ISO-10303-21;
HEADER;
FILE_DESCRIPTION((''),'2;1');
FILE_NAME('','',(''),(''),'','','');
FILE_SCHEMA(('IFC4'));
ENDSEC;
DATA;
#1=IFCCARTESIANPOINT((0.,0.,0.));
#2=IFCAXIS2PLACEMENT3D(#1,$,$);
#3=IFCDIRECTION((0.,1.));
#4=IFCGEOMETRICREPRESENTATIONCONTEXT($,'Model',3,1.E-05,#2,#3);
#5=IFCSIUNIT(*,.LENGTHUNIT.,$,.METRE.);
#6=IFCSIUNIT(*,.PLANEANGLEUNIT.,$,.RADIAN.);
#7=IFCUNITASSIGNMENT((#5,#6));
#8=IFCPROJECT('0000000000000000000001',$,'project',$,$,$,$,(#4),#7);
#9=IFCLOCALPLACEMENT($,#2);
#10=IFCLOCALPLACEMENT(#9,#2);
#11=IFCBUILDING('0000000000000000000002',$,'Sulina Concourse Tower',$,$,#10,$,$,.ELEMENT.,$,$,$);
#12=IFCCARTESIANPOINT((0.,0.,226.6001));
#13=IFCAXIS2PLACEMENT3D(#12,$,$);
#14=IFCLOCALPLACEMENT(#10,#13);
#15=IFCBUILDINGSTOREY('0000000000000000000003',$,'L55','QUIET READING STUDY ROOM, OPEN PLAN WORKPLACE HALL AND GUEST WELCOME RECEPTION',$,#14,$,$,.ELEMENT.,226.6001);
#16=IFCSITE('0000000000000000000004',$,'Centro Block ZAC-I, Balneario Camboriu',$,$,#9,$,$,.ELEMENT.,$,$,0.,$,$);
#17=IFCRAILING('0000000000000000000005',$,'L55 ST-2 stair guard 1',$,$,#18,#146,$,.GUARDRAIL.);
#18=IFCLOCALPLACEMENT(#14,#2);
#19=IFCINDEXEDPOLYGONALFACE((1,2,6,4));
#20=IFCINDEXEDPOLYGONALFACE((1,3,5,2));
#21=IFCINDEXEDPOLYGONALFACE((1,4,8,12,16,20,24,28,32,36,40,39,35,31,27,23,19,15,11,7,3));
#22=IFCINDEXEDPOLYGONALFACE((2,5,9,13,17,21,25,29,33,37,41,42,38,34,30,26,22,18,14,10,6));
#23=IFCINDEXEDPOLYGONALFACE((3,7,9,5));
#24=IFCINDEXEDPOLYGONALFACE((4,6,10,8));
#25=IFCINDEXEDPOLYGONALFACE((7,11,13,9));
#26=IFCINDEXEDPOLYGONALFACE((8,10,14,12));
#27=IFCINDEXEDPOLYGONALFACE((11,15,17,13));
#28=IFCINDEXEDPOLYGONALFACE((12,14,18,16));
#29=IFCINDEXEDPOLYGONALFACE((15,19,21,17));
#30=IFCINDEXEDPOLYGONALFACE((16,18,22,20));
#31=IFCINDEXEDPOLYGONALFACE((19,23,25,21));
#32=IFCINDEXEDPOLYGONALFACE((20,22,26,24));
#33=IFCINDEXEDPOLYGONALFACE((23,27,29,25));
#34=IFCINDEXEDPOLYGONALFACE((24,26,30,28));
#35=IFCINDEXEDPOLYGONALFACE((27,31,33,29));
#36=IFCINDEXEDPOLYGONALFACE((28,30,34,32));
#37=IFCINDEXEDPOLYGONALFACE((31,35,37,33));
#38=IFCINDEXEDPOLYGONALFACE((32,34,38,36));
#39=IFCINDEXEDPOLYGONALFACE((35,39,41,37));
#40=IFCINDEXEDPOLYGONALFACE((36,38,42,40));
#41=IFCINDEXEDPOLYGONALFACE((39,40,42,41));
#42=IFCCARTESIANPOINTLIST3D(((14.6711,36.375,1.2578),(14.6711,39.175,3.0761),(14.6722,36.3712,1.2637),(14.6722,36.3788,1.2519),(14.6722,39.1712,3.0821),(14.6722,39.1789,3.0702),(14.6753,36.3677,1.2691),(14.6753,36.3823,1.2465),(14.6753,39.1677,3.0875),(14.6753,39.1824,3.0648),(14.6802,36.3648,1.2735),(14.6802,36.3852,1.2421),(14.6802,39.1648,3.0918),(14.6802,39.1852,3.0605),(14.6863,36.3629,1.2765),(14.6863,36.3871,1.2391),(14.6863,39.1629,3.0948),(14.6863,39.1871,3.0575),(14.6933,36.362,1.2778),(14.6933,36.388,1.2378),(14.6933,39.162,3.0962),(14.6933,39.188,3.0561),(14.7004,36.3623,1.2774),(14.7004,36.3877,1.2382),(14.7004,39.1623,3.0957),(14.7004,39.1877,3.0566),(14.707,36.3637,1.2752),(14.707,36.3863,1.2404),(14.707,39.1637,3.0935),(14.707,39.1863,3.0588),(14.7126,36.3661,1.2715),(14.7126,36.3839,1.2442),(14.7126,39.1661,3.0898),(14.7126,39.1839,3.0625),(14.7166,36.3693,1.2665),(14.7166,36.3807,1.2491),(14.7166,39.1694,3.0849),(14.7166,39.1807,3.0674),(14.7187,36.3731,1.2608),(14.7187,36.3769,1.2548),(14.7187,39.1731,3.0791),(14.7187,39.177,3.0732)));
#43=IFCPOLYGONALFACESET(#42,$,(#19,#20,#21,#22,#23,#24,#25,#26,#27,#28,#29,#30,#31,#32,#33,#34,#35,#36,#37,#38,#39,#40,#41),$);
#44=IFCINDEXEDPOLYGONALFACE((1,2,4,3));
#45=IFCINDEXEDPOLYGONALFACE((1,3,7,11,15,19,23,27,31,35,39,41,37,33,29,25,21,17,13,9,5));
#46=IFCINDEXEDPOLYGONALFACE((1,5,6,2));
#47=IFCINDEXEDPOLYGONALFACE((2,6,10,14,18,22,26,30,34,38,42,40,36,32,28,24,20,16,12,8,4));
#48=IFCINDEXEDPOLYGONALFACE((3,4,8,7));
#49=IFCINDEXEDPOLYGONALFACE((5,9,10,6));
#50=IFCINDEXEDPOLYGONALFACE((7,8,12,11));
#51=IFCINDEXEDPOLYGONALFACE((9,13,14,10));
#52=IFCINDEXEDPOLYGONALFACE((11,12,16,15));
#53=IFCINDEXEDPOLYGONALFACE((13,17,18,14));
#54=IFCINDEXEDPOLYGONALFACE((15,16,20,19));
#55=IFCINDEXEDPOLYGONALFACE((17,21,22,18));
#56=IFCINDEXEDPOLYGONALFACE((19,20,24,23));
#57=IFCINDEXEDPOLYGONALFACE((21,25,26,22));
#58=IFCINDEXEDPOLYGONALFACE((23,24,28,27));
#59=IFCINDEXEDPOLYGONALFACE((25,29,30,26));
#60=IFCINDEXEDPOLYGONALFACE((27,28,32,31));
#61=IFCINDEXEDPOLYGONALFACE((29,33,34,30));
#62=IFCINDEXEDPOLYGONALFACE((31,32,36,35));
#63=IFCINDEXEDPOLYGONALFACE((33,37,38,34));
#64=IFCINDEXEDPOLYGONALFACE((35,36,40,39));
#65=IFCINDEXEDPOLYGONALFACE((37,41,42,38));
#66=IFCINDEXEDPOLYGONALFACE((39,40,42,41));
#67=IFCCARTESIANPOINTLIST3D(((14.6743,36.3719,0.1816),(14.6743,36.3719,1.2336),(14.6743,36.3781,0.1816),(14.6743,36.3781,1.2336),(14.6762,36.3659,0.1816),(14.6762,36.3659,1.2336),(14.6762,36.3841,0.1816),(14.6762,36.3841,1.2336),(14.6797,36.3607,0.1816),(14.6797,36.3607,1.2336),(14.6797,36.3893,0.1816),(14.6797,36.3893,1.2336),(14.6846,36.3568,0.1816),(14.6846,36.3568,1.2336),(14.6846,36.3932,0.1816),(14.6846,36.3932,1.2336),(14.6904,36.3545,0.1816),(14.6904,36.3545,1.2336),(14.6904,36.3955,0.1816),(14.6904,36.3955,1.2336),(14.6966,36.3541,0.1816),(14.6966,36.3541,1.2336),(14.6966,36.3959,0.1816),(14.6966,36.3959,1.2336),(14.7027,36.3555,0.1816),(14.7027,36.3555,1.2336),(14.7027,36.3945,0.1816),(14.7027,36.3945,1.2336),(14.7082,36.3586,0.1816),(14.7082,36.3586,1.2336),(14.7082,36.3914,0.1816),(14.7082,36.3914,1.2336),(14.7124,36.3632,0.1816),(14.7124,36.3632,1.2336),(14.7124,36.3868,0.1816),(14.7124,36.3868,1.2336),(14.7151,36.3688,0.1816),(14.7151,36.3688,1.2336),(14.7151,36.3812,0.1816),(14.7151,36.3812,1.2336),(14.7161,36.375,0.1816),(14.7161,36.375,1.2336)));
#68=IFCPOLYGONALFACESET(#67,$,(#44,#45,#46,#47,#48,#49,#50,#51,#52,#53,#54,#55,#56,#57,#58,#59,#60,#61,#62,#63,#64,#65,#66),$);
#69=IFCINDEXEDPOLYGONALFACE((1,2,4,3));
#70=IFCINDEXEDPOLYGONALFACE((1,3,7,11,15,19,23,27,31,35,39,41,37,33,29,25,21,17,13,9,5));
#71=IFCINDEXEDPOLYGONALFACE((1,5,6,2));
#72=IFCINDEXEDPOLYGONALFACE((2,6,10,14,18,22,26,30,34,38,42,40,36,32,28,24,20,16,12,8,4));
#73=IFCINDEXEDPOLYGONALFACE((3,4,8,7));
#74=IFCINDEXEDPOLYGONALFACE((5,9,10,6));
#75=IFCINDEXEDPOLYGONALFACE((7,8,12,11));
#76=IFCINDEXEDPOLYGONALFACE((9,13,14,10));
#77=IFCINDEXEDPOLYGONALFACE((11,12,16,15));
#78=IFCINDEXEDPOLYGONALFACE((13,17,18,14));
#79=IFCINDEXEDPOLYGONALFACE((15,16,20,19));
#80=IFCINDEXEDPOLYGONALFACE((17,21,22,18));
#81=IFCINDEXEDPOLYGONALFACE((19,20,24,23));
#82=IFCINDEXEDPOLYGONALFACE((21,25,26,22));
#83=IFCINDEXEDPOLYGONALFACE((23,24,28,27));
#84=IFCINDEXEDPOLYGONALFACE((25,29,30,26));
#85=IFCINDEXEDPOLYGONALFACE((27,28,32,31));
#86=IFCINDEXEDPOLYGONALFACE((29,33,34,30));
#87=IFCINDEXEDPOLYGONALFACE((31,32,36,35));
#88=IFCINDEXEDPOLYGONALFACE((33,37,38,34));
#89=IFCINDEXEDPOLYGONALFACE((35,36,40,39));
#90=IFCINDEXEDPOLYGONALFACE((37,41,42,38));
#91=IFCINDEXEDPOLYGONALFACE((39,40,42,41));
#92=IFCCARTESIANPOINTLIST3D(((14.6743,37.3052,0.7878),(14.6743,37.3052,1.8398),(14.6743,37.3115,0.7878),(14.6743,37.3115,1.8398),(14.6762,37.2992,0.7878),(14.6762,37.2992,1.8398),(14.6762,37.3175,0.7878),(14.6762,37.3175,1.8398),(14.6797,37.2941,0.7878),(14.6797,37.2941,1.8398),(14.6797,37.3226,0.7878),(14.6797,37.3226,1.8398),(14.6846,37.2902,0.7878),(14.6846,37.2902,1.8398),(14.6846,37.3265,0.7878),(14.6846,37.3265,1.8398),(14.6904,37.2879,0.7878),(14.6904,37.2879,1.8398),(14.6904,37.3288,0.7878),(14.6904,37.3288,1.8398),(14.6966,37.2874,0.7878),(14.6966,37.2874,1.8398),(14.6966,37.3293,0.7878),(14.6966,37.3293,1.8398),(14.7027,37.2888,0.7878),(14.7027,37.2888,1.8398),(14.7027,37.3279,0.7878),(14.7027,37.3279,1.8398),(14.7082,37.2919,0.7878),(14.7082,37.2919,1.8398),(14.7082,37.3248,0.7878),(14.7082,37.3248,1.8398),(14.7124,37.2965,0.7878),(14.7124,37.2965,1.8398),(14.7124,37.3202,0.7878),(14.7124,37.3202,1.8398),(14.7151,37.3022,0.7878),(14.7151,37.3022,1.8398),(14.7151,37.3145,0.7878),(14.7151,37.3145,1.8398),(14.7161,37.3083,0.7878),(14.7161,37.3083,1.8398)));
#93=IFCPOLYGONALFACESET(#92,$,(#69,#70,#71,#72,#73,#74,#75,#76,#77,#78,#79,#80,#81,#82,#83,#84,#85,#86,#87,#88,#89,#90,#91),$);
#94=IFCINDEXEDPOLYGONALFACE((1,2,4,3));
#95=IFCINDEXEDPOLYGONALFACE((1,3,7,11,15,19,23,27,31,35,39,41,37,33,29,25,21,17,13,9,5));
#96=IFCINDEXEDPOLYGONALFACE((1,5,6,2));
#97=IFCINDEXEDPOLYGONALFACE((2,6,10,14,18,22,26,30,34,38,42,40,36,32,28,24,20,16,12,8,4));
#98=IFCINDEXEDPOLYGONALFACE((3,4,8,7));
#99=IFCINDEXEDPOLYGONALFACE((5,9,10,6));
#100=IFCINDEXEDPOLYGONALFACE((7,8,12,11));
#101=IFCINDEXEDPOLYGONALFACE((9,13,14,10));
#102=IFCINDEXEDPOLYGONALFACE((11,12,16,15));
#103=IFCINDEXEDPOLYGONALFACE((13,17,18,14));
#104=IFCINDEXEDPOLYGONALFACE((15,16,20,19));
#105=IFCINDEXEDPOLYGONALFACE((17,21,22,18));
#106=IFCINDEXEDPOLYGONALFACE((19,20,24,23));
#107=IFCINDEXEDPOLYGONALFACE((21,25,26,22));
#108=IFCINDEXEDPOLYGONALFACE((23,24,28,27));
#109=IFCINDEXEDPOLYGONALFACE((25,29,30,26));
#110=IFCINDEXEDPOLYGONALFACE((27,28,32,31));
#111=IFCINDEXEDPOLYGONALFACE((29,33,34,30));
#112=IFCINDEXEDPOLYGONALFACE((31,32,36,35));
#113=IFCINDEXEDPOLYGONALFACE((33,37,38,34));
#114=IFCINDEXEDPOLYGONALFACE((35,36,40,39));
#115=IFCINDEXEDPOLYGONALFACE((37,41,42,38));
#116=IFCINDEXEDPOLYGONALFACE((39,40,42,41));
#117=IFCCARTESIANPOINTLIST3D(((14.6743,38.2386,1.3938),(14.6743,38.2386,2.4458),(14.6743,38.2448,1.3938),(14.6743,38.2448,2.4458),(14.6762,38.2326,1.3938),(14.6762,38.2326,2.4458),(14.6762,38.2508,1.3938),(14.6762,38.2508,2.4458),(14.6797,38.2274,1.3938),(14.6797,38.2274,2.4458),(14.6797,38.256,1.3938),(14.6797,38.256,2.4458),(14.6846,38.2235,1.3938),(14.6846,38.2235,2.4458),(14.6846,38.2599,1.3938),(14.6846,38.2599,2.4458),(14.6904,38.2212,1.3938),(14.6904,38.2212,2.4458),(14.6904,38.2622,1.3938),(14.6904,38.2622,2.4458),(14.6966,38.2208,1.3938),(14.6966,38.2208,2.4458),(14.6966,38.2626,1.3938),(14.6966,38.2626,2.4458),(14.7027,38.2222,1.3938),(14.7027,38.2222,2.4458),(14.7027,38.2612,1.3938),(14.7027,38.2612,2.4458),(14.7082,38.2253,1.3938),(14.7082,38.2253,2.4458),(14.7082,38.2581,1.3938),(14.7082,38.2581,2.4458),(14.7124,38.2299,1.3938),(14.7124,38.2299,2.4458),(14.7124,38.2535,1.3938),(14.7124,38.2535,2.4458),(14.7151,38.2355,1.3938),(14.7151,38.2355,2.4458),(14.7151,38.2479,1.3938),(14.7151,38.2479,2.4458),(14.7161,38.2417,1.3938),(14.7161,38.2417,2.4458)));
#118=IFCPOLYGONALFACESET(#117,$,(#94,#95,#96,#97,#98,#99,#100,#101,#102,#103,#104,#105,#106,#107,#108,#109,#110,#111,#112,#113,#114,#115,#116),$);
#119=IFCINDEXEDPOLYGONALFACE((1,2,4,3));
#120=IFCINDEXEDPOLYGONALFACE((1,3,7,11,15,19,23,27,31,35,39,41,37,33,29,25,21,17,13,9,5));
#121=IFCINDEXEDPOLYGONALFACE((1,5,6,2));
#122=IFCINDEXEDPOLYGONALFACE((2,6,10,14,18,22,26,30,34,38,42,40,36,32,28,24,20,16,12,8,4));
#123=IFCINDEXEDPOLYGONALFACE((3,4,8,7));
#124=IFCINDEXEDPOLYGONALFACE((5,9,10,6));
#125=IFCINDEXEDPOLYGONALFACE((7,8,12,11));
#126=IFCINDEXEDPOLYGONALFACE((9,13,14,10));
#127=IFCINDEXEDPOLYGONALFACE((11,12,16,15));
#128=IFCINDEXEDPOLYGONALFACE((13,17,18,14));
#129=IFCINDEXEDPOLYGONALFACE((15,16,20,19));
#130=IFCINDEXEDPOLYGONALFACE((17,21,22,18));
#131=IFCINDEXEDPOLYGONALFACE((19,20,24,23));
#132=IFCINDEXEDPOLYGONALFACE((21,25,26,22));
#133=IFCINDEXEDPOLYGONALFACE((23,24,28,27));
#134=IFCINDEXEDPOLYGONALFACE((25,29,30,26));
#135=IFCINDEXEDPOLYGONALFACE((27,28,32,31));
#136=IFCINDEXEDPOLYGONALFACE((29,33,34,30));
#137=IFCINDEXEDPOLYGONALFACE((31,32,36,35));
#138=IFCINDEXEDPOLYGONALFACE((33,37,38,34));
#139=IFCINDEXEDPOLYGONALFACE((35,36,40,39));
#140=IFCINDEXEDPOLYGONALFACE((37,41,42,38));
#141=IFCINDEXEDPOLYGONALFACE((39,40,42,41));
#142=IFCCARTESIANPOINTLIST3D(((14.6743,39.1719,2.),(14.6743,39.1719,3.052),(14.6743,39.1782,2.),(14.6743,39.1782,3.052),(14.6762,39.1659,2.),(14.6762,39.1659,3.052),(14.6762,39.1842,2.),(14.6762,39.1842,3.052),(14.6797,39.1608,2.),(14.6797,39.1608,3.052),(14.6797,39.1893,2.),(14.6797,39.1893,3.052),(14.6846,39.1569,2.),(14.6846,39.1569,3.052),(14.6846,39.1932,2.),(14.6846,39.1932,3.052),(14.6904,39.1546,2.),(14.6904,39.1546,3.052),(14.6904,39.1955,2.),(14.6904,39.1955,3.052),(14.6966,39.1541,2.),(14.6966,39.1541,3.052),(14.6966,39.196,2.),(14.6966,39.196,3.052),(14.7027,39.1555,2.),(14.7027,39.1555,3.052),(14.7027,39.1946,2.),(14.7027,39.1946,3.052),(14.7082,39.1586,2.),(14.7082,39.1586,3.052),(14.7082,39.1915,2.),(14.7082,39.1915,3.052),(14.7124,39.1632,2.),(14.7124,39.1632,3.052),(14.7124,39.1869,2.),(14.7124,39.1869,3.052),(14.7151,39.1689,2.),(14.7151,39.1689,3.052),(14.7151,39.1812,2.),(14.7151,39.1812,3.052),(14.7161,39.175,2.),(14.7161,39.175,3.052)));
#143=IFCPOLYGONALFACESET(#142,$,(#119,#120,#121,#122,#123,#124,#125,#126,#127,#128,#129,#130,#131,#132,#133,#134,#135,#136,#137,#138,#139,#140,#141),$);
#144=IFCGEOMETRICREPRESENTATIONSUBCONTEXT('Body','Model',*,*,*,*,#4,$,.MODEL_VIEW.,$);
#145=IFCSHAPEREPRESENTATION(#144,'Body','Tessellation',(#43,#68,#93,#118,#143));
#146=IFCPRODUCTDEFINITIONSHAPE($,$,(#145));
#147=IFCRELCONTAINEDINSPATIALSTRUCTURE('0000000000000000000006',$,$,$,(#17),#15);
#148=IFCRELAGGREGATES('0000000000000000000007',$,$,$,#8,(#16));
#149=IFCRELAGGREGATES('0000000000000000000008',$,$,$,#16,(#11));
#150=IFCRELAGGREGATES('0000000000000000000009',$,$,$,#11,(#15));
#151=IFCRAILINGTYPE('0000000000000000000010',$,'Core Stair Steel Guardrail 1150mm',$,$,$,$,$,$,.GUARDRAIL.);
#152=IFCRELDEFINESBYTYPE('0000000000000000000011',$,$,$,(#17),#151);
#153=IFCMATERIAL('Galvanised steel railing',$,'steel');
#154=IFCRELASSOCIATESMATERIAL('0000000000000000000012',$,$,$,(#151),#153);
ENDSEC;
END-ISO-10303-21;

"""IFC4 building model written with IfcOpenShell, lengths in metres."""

from ifc_helpers import new_model, si_unit, direction, frame, origin, origin_2d, place, context, subcontext, project, spatial, circle, extrude, material, type_object, element, save


model = new_model("IFC4")

# Units and contexts
model_context = context("Model", 3, precision=1e-05, world=origin(), true_north=direction((0.0, 1.0)))
body_context = subcontext(model_context, "Body", "Model", "MODEL_VIEW")
ifc_project = project(units=[si_unit("LENGTHUNIT", "METRE"), si_unit("PLANEANGLEUNIT", "RADIAN")], contexts=[model_context])

# Site, building, storey
site_placement = place(None, origin())
site = spatial("IfcSite", under=ifc_project, at=site_placement, Name="Centro Block ZAC-I, Balneario Camboriu", CompositionType="ELEMENT", RefElevation=0.0)
building_placement = place(site_placement, origin())
building = spatial("IfcBuilding", under=site, at=building_placement, Name="Sulina Concourse Tower", CompositionType="ELEMENT")
storey_placement = place(building_placement, frame((0.0, 0.0, 226.6001)))
storey = spatial("IfcBuildingStorey", under=building, at=storey_placement, Name="L55", Description="QUIET READING STUDY ROOM, OPEN PLAN WORKPLACE HALL AND GUEST WELCOME RECEPTION", CompositionType="ELEMENT", Elevation=226.6001)

# Railing
ifc_material_1 = material(Name="Galvanised steel railing", Category="steel")
railing_type_1 = type_object("IfcRailingType", Name="Core Stair Steel Guardrail 1150mm", PredefinedType="GUARDRAIL", material=ifc_material_1)
railing_1_placement = place(storey_placement, frame((14.6951, 36.375, 0.1816)))
element("IfcRailing", 1, at=railing_1_placement, inside=storey, type_object=railing_type_1, Name="L55 ST-2 stair guard 1", PredefinedType="GUARDRAIL", context=body_context, shape_type="SweptSolid", body=[
    extrude(circle(Radius=0.0239, at=origin_2d()), frame((0.0, 0.0, 1.0762), z_axis=(0.0, 0.838672, 0.544636), x_axis=(-1.0, 0.0, 0.0)), (0.0, 0.0, 1.0), 3.3386),
    extrude(circle(Radius=0.021, at=origin_2d()), origin(), (0.0, 0.0, 1.0), 1.052),
    extrude(circle(Radius=0.021, at=origin_2d()), frame((0.0, 0.9333, 0.6062)), (0.0, 0.0, 1.0), 1.052),
    extrude(circle(Radius=0.021, at=origin_2d()), frame((0.0, 1.8667, 1.2122)), (0.0, 0.0, 1.0), 1.052),
    extrude(circle(Radius=0.021, at=origin_2d()), frame((0.0, 2.8, 1.8184)), (0.0, 0.0, 1.0), 1.052),
])

save(model, "model.ifc")
